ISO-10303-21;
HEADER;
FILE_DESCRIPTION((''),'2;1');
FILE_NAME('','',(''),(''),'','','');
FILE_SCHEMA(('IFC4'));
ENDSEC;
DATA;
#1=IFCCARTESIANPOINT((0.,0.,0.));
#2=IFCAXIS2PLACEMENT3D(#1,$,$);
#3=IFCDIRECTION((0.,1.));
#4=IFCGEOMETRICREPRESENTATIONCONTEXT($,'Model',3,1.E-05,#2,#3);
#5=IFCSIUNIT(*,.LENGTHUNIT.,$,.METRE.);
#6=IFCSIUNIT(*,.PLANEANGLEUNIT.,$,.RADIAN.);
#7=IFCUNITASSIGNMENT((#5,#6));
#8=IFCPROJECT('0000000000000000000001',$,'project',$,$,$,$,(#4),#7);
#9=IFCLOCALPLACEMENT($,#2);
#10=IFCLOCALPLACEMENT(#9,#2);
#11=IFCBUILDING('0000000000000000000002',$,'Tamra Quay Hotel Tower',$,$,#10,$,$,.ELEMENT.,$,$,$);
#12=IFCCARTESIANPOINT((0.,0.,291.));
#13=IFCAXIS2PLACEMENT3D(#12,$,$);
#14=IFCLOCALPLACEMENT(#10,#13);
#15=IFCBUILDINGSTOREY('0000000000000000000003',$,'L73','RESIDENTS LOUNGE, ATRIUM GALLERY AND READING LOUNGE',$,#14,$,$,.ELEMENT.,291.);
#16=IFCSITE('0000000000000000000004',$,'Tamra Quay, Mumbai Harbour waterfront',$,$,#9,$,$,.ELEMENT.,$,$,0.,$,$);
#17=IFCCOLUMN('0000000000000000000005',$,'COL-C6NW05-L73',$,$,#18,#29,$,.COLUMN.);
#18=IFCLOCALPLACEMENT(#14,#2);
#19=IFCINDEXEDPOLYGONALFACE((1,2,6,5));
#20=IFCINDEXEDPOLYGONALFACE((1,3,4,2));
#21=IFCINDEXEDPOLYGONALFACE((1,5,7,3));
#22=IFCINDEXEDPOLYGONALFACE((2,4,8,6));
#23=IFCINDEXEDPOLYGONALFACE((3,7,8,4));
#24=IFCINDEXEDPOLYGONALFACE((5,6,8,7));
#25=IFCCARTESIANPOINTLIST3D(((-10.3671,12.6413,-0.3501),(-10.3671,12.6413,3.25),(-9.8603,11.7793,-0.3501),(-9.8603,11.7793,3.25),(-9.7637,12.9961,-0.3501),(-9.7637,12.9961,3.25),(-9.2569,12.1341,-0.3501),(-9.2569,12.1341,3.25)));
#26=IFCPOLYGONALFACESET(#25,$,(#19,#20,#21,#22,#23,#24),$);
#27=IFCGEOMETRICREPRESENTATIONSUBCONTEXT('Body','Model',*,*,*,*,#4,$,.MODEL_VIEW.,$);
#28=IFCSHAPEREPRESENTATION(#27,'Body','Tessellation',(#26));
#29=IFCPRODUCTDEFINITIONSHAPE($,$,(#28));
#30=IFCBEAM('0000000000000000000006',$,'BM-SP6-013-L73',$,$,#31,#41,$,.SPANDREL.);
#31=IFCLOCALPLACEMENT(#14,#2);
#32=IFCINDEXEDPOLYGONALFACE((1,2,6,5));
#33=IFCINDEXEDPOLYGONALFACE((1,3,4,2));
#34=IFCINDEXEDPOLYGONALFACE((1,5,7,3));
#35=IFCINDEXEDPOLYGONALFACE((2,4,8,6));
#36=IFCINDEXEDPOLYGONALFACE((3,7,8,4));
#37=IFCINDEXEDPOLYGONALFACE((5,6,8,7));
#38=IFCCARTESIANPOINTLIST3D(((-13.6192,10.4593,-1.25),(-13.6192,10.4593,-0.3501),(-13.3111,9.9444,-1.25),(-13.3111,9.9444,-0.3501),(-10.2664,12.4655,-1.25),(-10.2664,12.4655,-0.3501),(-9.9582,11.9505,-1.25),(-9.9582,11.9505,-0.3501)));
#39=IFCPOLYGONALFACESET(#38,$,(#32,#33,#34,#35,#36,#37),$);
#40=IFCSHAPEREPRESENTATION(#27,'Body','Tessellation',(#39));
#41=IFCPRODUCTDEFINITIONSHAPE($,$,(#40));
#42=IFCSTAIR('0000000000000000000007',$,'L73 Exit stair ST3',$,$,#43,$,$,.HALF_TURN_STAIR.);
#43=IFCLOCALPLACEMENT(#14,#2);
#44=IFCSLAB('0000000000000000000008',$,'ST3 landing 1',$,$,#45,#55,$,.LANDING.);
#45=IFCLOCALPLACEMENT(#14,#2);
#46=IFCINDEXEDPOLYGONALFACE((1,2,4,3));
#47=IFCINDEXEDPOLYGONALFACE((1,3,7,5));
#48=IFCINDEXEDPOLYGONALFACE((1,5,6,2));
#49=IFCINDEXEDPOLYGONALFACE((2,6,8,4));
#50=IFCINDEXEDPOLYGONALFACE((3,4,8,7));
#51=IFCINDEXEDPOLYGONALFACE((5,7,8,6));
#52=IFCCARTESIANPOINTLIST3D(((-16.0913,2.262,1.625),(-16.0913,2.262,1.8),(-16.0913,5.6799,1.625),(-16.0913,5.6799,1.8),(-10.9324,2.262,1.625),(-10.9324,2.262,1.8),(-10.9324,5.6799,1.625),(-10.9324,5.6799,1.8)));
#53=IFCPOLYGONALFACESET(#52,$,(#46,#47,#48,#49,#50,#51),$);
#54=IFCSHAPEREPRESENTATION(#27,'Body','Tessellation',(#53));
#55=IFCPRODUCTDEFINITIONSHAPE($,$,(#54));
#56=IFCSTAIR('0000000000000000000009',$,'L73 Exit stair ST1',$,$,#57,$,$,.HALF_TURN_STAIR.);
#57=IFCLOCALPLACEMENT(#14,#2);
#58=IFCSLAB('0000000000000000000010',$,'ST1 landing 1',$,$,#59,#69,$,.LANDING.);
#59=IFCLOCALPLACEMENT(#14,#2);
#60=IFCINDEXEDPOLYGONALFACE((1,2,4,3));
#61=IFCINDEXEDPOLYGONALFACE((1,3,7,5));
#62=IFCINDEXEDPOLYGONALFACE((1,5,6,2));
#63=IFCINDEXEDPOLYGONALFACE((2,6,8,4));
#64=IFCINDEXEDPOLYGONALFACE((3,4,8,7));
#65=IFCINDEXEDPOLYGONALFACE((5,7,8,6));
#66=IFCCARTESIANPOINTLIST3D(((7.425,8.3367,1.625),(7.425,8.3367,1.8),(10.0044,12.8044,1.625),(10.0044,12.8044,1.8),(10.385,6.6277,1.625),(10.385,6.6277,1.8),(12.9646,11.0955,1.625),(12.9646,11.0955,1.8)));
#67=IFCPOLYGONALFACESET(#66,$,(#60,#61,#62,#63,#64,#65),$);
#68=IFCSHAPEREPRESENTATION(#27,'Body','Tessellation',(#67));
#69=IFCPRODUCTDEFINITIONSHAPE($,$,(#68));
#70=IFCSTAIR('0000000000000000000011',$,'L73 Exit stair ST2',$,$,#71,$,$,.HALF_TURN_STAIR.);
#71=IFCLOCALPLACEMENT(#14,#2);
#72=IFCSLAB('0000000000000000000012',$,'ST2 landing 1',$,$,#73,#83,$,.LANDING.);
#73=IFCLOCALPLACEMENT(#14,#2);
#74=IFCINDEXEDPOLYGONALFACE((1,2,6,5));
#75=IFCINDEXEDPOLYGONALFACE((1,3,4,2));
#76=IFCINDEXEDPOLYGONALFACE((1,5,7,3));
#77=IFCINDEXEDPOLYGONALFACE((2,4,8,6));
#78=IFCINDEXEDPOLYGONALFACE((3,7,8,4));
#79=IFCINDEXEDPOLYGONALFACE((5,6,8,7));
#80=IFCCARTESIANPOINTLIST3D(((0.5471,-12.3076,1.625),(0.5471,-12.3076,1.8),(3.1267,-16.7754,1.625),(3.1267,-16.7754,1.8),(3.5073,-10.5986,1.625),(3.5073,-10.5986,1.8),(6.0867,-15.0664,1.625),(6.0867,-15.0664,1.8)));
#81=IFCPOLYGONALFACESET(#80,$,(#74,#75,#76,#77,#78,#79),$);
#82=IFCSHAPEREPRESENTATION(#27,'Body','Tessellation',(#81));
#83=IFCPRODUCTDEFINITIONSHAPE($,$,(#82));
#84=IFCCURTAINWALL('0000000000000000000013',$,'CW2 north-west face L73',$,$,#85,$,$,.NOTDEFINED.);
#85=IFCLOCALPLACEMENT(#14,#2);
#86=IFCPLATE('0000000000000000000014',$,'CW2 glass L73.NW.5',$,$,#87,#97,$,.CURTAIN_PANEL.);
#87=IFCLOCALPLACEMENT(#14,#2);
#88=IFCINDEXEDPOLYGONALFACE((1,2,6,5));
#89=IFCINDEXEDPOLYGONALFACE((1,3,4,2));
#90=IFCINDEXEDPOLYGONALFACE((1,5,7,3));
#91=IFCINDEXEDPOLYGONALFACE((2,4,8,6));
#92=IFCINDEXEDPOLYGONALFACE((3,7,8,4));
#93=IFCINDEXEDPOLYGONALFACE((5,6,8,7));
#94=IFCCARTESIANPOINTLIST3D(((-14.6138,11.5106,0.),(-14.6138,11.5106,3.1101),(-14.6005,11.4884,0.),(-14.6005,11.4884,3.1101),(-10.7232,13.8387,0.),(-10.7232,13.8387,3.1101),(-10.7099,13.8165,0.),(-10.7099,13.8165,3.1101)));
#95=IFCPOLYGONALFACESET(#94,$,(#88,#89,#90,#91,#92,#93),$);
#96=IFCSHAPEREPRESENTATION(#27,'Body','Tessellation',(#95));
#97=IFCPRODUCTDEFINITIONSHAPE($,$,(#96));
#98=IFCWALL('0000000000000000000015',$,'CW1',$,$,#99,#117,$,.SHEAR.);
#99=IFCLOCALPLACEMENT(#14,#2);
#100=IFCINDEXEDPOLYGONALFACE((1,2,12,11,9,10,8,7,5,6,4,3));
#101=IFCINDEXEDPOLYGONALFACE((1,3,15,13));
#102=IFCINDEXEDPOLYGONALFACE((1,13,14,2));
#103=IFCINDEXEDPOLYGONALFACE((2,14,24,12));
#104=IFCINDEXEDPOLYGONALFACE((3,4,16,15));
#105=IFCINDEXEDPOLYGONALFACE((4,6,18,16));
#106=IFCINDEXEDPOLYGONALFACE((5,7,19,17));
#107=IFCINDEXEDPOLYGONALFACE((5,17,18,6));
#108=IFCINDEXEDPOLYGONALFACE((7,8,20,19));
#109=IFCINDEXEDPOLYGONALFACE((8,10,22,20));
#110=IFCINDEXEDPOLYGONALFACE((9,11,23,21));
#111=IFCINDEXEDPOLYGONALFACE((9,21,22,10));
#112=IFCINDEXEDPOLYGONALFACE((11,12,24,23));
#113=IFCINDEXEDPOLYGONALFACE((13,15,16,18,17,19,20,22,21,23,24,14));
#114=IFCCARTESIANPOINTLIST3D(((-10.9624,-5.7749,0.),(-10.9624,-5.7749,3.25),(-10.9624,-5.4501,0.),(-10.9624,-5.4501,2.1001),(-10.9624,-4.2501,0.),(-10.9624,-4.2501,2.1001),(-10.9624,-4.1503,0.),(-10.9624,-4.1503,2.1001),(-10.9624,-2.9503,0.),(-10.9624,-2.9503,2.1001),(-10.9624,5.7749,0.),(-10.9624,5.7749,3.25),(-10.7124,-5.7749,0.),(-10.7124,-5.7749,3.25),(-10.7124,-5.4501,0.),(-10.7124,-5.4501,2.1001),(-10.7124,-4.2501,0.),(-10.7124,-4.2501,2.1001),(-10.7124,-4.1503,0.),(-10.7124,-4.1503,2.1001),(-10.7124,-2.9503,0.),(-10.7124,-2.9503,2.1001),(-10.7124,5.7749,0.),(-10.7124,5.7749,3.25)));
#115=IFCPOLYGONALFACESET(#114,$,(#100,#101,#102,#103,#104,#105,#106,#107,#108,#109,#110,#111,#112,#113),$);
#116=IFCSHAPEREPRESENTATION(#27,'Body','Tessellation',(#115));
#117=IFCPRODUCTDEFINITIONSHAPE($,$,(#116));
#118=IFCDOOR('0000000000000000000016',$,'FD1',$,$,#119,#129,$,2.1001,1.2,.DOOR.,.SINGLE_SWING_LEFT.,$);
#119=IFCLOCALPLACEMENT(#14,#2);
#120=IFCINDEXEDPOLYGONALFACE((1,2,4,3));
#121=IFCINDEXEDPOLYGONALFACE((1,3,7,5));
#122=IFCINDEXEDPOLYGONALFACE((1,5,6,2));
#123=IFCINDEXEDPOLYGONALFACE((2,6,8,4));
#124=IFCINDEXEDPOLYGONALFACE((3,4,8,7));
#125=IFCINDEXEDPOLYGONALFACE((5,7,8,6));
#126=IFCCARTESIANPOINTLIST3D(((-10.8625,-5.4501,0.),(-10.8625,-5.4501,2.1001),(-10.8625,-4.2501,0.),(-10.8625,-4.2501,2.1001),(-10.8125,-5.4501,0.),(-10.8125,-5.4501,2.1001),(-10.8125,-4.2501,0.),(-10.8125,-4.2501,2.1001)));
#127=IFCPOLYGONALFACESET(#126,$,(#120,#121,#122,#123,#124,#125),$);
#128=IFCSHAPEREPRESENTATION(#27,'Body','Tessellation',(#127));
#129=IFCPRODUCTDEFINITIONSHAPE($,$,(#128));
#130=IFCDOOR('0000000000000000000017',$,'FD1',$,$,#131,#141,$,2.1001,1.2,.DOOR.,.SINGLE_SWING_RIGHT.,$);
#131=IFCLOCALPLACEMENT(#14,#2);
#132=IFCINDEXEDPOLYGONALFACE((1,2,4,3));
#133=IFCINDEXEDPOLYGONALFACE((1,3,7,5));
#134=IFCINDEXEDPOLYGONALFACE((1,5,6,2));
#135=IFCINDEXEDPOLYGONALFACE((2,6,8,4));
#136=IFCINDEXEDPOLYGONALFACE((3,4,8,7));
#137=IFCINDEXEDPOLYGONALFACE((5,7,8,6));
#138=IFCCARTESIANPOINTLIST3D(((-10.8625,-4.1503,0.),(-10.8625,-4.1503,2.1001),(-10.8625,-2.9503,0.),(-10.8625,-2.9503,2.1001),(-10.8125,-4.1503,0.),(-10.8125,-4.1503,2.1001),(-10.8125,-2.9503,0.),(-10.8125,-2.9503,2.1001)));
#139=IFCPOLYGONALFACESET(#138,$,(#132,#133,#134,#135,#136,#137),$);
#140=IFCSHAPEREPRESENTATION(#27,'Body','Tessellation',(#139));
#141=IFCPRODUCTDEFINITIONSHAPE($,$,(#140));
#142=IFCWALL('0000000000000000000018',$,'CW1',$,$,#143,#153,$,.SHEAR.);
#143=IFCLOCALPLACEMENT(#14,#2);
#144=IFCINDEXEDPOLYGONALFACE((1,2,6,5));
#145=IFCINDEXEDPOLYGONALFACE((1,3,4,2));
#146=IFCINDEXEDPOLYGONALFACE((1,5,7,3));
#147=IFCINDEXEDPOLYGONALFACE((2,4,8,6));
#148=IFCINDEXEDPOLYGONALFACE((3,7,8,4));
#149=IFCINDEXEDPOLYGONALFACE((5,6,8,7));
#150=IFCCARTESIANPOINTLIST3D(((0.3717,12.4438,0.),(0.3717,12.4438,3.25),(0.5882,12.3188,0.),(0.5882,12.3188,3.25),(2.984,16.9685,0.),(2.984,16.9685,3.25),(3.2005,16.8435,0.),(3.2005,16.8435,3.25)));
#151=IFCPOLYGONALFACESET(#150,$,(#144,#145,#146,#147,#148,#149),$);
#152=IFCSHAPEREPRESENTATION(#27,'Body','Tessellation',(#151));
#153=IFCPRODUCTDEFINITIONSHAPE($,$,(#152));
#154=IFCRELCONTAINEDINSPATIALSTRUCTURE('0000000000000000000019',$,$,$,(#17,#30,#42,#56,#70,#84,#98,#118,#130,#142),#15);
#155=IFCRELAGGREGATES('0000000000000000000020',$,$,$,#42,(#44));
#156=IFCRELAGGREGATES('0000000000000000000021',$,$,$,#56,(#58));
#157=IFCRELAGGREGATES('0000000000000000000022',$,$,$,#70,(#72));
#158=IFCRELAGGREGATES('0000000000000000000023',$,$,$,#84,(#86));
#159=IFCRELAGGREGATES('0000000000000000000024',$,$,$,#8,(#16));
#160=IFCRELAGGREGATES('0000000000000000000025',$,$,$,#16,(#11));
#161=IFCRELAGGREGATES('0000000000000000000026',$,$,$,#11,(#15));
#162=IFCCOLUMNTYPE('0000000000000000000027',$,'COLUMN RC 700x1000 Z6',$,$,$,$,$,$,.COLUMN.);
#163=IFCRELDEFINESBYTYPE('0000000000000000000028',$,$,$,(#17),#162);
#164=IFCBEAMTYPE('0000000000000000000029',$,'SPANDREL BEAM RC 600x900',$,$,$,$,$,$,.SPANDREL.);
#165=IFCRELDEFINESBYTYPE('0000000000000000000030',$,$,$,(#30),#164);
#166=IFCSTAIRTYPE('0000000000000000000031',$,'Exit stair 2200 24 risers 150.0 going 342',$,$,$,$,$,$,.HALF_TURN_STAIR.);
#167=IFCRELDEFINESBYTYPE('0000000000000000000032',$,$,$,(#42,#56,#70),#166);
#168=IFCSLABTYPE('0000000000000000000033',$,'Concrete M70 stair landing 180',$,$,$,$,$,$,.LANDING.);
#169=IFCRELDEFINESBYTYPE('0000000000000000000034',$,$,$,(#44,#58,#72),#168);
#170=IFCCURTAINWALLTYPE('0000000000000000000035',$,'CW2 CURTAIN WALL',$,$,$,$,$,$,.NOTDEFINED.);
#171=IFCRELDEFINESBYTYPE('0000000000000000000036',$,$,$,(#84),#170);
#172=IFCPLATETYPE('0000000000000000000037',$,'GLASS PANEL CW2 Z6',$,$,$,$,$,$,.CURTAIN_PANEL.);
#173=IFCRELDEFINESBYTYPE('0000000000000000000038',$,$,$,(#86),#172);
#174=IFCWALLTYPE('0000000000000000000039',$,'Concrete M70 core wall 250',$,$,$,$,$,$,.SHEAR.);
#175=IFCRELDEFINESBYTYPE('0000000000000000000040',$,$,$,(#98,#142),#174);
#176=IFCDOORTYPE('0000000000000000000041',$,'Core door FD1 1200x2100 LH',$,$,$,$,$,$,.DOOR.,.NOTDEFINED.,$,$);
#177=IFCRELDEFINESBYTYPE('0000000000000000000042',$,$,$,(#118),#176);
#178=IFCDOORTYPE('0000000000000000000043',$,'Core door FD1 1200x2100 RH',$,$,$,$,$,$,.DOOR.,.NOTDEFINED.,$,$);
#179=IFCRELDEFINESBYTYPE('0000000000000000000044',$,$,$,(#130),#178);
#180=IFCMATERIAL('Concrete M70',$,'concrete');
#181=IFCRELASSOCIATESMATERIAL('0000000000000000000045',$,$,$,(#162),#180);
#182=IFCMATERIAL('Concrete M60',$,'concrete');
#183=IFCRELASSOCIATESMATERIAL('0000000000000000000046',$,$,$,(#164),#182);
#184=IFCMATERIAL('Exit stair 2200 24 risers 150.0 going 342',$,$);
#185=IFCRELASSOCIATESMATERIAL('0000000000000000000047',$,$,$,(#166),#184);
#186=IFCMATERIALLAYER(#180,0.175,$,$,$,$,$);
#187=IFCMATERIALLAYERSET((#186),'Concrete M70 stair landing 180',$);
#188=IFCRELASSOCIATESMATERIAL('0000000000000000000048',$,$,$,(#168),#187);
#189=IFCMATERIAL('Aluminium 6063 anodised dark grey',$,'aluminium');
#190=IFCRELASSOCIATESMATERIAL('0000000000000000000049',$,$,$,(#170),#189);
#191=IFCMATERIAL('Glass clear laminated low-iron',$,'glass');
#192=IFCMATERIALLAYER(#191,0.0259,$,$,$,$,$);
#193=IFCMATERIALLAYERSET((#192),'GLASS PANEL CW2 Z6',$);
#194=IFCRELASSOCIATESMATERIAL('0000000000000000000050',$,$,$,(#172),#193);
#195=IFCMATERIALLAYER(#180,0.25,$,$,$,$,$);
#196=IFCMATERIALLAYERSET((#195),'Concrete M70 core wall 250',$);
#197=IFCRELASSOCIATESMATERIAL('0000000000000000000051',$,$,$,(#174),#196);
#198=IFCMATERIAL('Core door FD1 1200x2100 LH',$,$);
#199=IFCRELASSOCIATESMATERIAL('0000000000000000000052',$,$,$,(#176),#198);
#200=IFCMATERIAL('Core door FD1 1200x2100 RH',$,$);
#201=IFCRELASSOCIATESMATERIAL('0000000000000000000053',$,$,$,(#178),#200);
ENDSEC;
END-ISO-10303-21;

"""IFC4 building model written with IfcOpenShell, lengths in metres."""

from ifc_helpers import new_model, si_unit, direction, frame, frame_2d, origin, origin_2d, place, context, subcontext, project, spatial, polyline, rectangle, outline, extrude, material, layer, layer_set, material_profile, profile_set, type_object, element, fill, aggregate, save


model = new_model("IFC4")

# Units and contexts
model_context = context("Model", 3, precision=1e-05, world=origin(), true_north=direction((0.0, 1.0)))
body_context = subcontext(model_context, "Body", "Model", "MODEL_VIEW")
ifc_project = project(units=[si_unit("LENGTHUNIT", "METRE"), si_unit("PLANEANGLEUNIT", "RADIAN")], contexts=[model_context])

# Site, building, storey
site_placement = place(None, origin())
site = spatial("IfcSite", under=ifc_project, at=site_placement, Name="Tamra Quay, Mumbai Harbour waterfront", CompositionType="ELEMENT", RefElevation=0.0)
building_placement = place(site_placement, origin())
building = spatial("IfcBuilding", under=site, at=building_placement, Name="Tamra Quay Hotel Tower", CompositionType="ELEMENT")
storey_placement = place(building_placement, frame((0.0, 0.0, 291.0)))
storey = spatial("IfcBuildingStorey", under=building, at=storey_placement, Name="L73", Description="RESIDENTS LOUNGE, ATRIUM GALLERY AND READING LOUNGE", CompositionType="ELEMENT", Elevation=291.0)

# Column
ifc_material_1 = material(Name="Concrete M70", Category="concrete")
ifc_material_profile_1 = material_profile(ifc_material_1, rectangle(XDim=1.0, YDim=0.7, at=origin_2d()), Name="COLUMN RC 700x1000 Z6")
ifc_profile_set_1 = profile_set([ifc_material_profile_1], Name="Concrete M70")
column_type = type_object("IfcColumnType", Name="COLUMN RC 700x1000 Z6", PredefinedType="COLUMN", material=ifc_profile_set_1)
column_placement = place(storey_placement, frame((-9.812, 12.3877, -0.3501), z_axis=(0.0, 0.0, 1.0), x_axis=(-0.506843, 0.862038, 0.0)))
element("IfcColumn", 1, at=column_placement, inside=storey, type_object=column_type, Name="COL-C6NW05-L73", PredefinedType="COLUMN", context=body_context, shape_type="SweptSolid", body=[
    extrude(rectangle(XDim=1.0, YDim=0.7, at=origin_2d()), origin(), (0.0, 0.0, 1.0), 3.6001),
])

# Beam
ifc_material_2 = material(Name="Concrete M60", Category="concrete")
ifc_material_profile_2 = material_profile(ifc_material_2, rectangle(XDim=0.6001, YDim=0.8999, at=origin_2d()), Name="SPANDREL BEAM RC 600x900")
ifc_profile_set_2 = profile_set([ifc_material_profile_2], Name="Concrete M60")
beam_type = type_object("IfcBeamType", Name="SPANDREL BEAM RC 600x900", PredefinedType="SPANDREL", material=ifc_profile_set_2)
beam_placement = place(storey_placement, frame((-10.1123, 12.208, -0.8), z_axis=(-0.858121, -0.513448, 0.0), x_axis=(0.513448, -0.858121, 0.0)))
element("IfcBeam", 2, at=beam_placement, inside=storey, type_object=beam_type, Name="BM-SP6-013-L73", PredefinedType="SPANDREL", context=body_context, shape_type="SweptSolid", body=[
    extrude(rectangle(XDim=0.6001, YDim=0.8999, at=origin_2d()), origin(), (0.0, 0.0, 1.0), 3.9072),
])

# Stairs, slabs
ifc_material_3 = material(Name="Exit stair 2200 24 risers 150.0 going 342")
stair_type = type_object("IfcStairType", Name="Exit stair 2200 24 risers 150.0 going 342", PredefinedType="HALF_TURN_STAIR", material=ifc_material_3)
stair_1_placement = place(storey_placement, origin())
stair_1 = element("IfcStair", 3, at=stair_1_placement, inside=storey, type_object=stair_type, Name="L73 Exit stair ST3", PredefinedType="HALF_TURN_STAIR")
ifc_layer_1 = layer(ifc_material_1, 0.175)
ifc_layer_set_1 = layer_set([ifc_layer_1], Name="Concrete M70 stair landing 180")
slab_type_1 = type_object("IfcSlabType", Name="Concrete M70 stair landing 180", PredefinedType="LANDING", material=ifc_layer_set_1)
slab_1_placement = place(storey_placement, frame((0.0, 0.0, 1.625)))
slab_1 = element("IfcSlab", 4, at=slab_1_placement, type_object=slab_type_1, Name="ST3 landing 1", PredefinedType="LANDING", context=body_context, shape_type="SweptSolid", body=[
    extrude(outline(polyline([(-10.9324, 2.262), (-10.9324, 5.6799), (-16.0913, 5.6799), (-16.0913, 2.262), (-10.9324, 2.262)])), origin(), (0.0, 0.0, 1.0), 0.175),
])
aggregate(stair_1, [slab_1])
stair_2_placement = place(storey_placement, origin())
stair_2 = element("IfcStair", 5, at=stair_2_placement, inside=storey, type_object=stair_type, Name="L73 Exit stair ST1", PredefinedType="HALF_TURN_STAIR")
slab_2_placement = place(storey_placement, frame((0.0, 0.0, 1.625)))
slab_2 = element("IfcSlab", 6, at=slab_2_placement, type_object=slab_type_1, Name="ST1 landing 1", PredefinedType="LANDING", context=body_context, shape_type="SweptSolid", body=[
    extrude(outline(polyline([(7.425, 8.3367), (10.385, 6.6277), (12.9646, 11.0955), (10.0044, 12.8044), (7.425, 8.3367)])), origin(), (0.0, 0.0, 1.0), 0.175),
])
aggregate(stair_2, [slab_2])
stair_3_placement = place(storey_placement, origin())
stair_3 = element("IfcStair", 7, at=stair_3_placement, inside=storey, type_object=stair_type, Name="L73 Exit stair ST2", PredefinedType="HALF_TURN_STAIR")
slab_3_placement = place(storey_placement, frame((0.0, 0.0, 1.625)))
slab_3 = element("IfcSlab", 8, at=slab_3_placement, type_object=slab_type_1, Name="ST2 landing 1", PredefinedType="LANDING", context=body_context, shape_type="SweptSolid", body=[
    extrude(outline(polyline([(3.5073, -10.5986), (0.5471, -12.3076), (3.1267, -16.7754), (6.0867, -15.0664), (3.5073, -10.5986)])), origin(), (0.0, 0.0, 1.0), 0.175),
])
aggregate(stair_3, [slab_3])

# Curtain wall, plate
ifc_material_4 = material(Name="Aluminium 6063 anodised dark grey", Category="aluminium")
curtain_wall_type = type_object("IfcCurtainWallType", Name="CW2 CURTAIN WALL", PredefinedType="NOTDEFINED", material=ifc_material_4)
curtain_wall_placement = place(storey_placement, origin())
curtain_wall = element("IfcCurtainWall", 9, at=curtain_wall_placement, inside=storey, type_object=curtain_wall_type, Name="CW2 north-west face L73", PredefinedType="NOTDEFINED")
ifc_material_5 = material(Name="Glass clear laminated low-iron", Category="glass")
ifc_layer_2 = layer(ifc_material_5, 0.0259)
ifc_layer_set_2 = layer_set([ifc_layer_2], Name="GLASS PANEL CW2 Z6")
plate_type = type_object("IfcPlateType", Name="GLASS PANEL CW2 Z6", PredefinedType="CURTAIN_PANEL", material=ifc_layer_set_2)
plate_placement = place(storey_placement, frame((-12.6619, 12.6636, 0.0), z_axis=(0.0, 0.0, 1.0), x_axis=(-0.858103, -0.513477, 0.0)))
plate = element("IfcPlate", 10, at=plate_placement, type_object=plate_type, Name="CW2 glass L73.NW.5", PredefinedType="CURTAIN_PANEL", context=body_context, shape_type="SweptSolid", body=[
    extrude(rectangle(XDim=4.5339, YDim=0.0259, at=origin_2d()), origin(), (0.0, 0.0, 1.0), 3.1101),
])
aggregate(curtain_wall, [plate])

# Wall, openings, doors
ifc_layer_3 = layer(ifc_material_1, 0.25)
ifc_layer_set_3 = layer_set([ifc_layer_3], Name="Concrete M70 core wall 250")
wall_type_1 = type_object("IfcWallType", Name="Concrete M70 core wall 250", PredefinedType="SHEAR", material=ifc_layer_set_3)
wall_1_placement = place(storey_placement, frame((-10.8374, 5.7749, 0.0), z_axis=(0.0, 0.0, 1.0), x_axis=(0.0, -1.0, 0.0)))
wall_1 = element("IfcWall", 11, at=wall_1_placement, inside=storey, type_object=wall_type_1, Name="CW1", PredefinedType="SHEAR", context=body_context, shape_type="SweptSolid", body=[
    extrude(rectangle(XDim=11.5498, YDim=0.25, at=frame_2d((5.7749, 0.0))), origin(), (0.0, 0.0, 1.0), 3.25),
])
opening_1_placement = place(wall_1_placement, frame((10.0249, 0.0, 0.0)))
opening_1 = element("IfcOpeningElement", 12, at=opening_1_placement, cuts=wall_1, PredefinedType="OPENING", context=body_context, shape_type="SweptSolid", body=[
    extrude(rectangle(XDim=1.2, YDim=2.1001, at=frame_2d((0.6001, 1.05))), frame((0.0, 0.135, 0.0), z_axis=(0.0, -1.0, 0.0), x_axis=(1.0, 0.0, 0.0)), (0.0, 0.0, 1.0), 0.27),
])
opening_2_placement = place(wall_1_placement, frame((8.7251, 0.0, 0.0)))
opening_2 = element("IfcOpeningElement", 13, at=opening_2_placement, cuts=wall_1, PredefinedType="OPENING", context=body_context, shape_type="SweptSolid", body=[
    extrude(rectangle(XDim=1.2, YDim=2.1001, at=frame_2d((0.6001, 1.05))), frame((0.0, 0.135, 0.0), z_axis=(0.0, -1.0, 0.0), x_axis=(1.0, 0.0, 0.0)), (0.0, 0.0, 1.0), 0.27),
])
ifc_material_6 = material(Name="Core door FD1 1200x2100 LH")
door_type_1 = type_object("IfcDoorType", Name="Core door FD1 1200x2100 LH", OperationType="NOTDEFINED", PredefinedType="DOOR", material=ifc_material_6)
door_1_placement = place(opening_1_placement, origin())
door_1 = element("IfcDoor", 14, at=door_1_placement, inside=storey, type_object=door_type_1, Name="FD1", OperationType="SINGLE_SWING_LEFT", OverallHeight=2.1001, OverallWidth=1.2, PredefinedType="DOOR", context=body_context, shape_type="SweptSolid", body=[
    extrude(rectangle(XDim=1.2, YDim=2.1001, at=frame_2d((0.6001, 1.05))), frame((0.0, 0.0249, 0.0), z_axis=(0.0, -1.0, 0.0), x_axis=(1.0, 0.0, 0.0)), (0.0, 0.0, 1.0), 0.05),
])
fill(opening_1, door_1)
ifc_material_7 = material(Name="Core door FD1 1200x2100 RH")
door_type_2 = type_object("IfcDoorType", Name="Core door FD1 1200x2100 RH", OperationType="NOTDEFINED", PredefinedType="DOOR", material=ifc_material_7)
door_2_placement = place(opening_2_placement, origin())
door_2 = element("IfcDoor", 15, at=door_2_placement, inside=storey, type_object=door_type_2, Name="FD1", OperationType="SINGLE_SWING_RIGHT", OverallHeight=2.1001, OverallWidth=1.2, PredefinedType="DOOR", context=body_context, shape_type="SweptSolid", body=[
    extrude(rectangle(XDim=1.2, YDim=2.1001, at=frame_2d((0.6001, 1.05))), frame((0.0, 0.0249, 0.0), z_axis=(0.0, -1.0, 0.0), x_axis=(1.0, 0.0, 0.0)), (0.0, 0.0, 1.0), 0.05),
])
fill(opening_2, door_2)

# Wall
wall_2_placement = place(storey_placement, frame((0.48, 12.3813, 0.0), z_axis=(0.0, 0.0, 1.0), x_axis=(0.499999, 0.866026, 0.0)))
element("IfcWall", 16, at=wall_2_placement, inside=storey, type_object=wall_type_1, Name="CW1", PredefinedType="SHEAR", context=body_context, shape_type="SweptSolid", body=[
    extrude(rectangle(XDim=5.2246, YDim=0.25, at=frame_2d((2.6123, 0.0))), origin(), (0.0, 0.0, 1.0), 3.25),
])

save(model, "model.ifc")
